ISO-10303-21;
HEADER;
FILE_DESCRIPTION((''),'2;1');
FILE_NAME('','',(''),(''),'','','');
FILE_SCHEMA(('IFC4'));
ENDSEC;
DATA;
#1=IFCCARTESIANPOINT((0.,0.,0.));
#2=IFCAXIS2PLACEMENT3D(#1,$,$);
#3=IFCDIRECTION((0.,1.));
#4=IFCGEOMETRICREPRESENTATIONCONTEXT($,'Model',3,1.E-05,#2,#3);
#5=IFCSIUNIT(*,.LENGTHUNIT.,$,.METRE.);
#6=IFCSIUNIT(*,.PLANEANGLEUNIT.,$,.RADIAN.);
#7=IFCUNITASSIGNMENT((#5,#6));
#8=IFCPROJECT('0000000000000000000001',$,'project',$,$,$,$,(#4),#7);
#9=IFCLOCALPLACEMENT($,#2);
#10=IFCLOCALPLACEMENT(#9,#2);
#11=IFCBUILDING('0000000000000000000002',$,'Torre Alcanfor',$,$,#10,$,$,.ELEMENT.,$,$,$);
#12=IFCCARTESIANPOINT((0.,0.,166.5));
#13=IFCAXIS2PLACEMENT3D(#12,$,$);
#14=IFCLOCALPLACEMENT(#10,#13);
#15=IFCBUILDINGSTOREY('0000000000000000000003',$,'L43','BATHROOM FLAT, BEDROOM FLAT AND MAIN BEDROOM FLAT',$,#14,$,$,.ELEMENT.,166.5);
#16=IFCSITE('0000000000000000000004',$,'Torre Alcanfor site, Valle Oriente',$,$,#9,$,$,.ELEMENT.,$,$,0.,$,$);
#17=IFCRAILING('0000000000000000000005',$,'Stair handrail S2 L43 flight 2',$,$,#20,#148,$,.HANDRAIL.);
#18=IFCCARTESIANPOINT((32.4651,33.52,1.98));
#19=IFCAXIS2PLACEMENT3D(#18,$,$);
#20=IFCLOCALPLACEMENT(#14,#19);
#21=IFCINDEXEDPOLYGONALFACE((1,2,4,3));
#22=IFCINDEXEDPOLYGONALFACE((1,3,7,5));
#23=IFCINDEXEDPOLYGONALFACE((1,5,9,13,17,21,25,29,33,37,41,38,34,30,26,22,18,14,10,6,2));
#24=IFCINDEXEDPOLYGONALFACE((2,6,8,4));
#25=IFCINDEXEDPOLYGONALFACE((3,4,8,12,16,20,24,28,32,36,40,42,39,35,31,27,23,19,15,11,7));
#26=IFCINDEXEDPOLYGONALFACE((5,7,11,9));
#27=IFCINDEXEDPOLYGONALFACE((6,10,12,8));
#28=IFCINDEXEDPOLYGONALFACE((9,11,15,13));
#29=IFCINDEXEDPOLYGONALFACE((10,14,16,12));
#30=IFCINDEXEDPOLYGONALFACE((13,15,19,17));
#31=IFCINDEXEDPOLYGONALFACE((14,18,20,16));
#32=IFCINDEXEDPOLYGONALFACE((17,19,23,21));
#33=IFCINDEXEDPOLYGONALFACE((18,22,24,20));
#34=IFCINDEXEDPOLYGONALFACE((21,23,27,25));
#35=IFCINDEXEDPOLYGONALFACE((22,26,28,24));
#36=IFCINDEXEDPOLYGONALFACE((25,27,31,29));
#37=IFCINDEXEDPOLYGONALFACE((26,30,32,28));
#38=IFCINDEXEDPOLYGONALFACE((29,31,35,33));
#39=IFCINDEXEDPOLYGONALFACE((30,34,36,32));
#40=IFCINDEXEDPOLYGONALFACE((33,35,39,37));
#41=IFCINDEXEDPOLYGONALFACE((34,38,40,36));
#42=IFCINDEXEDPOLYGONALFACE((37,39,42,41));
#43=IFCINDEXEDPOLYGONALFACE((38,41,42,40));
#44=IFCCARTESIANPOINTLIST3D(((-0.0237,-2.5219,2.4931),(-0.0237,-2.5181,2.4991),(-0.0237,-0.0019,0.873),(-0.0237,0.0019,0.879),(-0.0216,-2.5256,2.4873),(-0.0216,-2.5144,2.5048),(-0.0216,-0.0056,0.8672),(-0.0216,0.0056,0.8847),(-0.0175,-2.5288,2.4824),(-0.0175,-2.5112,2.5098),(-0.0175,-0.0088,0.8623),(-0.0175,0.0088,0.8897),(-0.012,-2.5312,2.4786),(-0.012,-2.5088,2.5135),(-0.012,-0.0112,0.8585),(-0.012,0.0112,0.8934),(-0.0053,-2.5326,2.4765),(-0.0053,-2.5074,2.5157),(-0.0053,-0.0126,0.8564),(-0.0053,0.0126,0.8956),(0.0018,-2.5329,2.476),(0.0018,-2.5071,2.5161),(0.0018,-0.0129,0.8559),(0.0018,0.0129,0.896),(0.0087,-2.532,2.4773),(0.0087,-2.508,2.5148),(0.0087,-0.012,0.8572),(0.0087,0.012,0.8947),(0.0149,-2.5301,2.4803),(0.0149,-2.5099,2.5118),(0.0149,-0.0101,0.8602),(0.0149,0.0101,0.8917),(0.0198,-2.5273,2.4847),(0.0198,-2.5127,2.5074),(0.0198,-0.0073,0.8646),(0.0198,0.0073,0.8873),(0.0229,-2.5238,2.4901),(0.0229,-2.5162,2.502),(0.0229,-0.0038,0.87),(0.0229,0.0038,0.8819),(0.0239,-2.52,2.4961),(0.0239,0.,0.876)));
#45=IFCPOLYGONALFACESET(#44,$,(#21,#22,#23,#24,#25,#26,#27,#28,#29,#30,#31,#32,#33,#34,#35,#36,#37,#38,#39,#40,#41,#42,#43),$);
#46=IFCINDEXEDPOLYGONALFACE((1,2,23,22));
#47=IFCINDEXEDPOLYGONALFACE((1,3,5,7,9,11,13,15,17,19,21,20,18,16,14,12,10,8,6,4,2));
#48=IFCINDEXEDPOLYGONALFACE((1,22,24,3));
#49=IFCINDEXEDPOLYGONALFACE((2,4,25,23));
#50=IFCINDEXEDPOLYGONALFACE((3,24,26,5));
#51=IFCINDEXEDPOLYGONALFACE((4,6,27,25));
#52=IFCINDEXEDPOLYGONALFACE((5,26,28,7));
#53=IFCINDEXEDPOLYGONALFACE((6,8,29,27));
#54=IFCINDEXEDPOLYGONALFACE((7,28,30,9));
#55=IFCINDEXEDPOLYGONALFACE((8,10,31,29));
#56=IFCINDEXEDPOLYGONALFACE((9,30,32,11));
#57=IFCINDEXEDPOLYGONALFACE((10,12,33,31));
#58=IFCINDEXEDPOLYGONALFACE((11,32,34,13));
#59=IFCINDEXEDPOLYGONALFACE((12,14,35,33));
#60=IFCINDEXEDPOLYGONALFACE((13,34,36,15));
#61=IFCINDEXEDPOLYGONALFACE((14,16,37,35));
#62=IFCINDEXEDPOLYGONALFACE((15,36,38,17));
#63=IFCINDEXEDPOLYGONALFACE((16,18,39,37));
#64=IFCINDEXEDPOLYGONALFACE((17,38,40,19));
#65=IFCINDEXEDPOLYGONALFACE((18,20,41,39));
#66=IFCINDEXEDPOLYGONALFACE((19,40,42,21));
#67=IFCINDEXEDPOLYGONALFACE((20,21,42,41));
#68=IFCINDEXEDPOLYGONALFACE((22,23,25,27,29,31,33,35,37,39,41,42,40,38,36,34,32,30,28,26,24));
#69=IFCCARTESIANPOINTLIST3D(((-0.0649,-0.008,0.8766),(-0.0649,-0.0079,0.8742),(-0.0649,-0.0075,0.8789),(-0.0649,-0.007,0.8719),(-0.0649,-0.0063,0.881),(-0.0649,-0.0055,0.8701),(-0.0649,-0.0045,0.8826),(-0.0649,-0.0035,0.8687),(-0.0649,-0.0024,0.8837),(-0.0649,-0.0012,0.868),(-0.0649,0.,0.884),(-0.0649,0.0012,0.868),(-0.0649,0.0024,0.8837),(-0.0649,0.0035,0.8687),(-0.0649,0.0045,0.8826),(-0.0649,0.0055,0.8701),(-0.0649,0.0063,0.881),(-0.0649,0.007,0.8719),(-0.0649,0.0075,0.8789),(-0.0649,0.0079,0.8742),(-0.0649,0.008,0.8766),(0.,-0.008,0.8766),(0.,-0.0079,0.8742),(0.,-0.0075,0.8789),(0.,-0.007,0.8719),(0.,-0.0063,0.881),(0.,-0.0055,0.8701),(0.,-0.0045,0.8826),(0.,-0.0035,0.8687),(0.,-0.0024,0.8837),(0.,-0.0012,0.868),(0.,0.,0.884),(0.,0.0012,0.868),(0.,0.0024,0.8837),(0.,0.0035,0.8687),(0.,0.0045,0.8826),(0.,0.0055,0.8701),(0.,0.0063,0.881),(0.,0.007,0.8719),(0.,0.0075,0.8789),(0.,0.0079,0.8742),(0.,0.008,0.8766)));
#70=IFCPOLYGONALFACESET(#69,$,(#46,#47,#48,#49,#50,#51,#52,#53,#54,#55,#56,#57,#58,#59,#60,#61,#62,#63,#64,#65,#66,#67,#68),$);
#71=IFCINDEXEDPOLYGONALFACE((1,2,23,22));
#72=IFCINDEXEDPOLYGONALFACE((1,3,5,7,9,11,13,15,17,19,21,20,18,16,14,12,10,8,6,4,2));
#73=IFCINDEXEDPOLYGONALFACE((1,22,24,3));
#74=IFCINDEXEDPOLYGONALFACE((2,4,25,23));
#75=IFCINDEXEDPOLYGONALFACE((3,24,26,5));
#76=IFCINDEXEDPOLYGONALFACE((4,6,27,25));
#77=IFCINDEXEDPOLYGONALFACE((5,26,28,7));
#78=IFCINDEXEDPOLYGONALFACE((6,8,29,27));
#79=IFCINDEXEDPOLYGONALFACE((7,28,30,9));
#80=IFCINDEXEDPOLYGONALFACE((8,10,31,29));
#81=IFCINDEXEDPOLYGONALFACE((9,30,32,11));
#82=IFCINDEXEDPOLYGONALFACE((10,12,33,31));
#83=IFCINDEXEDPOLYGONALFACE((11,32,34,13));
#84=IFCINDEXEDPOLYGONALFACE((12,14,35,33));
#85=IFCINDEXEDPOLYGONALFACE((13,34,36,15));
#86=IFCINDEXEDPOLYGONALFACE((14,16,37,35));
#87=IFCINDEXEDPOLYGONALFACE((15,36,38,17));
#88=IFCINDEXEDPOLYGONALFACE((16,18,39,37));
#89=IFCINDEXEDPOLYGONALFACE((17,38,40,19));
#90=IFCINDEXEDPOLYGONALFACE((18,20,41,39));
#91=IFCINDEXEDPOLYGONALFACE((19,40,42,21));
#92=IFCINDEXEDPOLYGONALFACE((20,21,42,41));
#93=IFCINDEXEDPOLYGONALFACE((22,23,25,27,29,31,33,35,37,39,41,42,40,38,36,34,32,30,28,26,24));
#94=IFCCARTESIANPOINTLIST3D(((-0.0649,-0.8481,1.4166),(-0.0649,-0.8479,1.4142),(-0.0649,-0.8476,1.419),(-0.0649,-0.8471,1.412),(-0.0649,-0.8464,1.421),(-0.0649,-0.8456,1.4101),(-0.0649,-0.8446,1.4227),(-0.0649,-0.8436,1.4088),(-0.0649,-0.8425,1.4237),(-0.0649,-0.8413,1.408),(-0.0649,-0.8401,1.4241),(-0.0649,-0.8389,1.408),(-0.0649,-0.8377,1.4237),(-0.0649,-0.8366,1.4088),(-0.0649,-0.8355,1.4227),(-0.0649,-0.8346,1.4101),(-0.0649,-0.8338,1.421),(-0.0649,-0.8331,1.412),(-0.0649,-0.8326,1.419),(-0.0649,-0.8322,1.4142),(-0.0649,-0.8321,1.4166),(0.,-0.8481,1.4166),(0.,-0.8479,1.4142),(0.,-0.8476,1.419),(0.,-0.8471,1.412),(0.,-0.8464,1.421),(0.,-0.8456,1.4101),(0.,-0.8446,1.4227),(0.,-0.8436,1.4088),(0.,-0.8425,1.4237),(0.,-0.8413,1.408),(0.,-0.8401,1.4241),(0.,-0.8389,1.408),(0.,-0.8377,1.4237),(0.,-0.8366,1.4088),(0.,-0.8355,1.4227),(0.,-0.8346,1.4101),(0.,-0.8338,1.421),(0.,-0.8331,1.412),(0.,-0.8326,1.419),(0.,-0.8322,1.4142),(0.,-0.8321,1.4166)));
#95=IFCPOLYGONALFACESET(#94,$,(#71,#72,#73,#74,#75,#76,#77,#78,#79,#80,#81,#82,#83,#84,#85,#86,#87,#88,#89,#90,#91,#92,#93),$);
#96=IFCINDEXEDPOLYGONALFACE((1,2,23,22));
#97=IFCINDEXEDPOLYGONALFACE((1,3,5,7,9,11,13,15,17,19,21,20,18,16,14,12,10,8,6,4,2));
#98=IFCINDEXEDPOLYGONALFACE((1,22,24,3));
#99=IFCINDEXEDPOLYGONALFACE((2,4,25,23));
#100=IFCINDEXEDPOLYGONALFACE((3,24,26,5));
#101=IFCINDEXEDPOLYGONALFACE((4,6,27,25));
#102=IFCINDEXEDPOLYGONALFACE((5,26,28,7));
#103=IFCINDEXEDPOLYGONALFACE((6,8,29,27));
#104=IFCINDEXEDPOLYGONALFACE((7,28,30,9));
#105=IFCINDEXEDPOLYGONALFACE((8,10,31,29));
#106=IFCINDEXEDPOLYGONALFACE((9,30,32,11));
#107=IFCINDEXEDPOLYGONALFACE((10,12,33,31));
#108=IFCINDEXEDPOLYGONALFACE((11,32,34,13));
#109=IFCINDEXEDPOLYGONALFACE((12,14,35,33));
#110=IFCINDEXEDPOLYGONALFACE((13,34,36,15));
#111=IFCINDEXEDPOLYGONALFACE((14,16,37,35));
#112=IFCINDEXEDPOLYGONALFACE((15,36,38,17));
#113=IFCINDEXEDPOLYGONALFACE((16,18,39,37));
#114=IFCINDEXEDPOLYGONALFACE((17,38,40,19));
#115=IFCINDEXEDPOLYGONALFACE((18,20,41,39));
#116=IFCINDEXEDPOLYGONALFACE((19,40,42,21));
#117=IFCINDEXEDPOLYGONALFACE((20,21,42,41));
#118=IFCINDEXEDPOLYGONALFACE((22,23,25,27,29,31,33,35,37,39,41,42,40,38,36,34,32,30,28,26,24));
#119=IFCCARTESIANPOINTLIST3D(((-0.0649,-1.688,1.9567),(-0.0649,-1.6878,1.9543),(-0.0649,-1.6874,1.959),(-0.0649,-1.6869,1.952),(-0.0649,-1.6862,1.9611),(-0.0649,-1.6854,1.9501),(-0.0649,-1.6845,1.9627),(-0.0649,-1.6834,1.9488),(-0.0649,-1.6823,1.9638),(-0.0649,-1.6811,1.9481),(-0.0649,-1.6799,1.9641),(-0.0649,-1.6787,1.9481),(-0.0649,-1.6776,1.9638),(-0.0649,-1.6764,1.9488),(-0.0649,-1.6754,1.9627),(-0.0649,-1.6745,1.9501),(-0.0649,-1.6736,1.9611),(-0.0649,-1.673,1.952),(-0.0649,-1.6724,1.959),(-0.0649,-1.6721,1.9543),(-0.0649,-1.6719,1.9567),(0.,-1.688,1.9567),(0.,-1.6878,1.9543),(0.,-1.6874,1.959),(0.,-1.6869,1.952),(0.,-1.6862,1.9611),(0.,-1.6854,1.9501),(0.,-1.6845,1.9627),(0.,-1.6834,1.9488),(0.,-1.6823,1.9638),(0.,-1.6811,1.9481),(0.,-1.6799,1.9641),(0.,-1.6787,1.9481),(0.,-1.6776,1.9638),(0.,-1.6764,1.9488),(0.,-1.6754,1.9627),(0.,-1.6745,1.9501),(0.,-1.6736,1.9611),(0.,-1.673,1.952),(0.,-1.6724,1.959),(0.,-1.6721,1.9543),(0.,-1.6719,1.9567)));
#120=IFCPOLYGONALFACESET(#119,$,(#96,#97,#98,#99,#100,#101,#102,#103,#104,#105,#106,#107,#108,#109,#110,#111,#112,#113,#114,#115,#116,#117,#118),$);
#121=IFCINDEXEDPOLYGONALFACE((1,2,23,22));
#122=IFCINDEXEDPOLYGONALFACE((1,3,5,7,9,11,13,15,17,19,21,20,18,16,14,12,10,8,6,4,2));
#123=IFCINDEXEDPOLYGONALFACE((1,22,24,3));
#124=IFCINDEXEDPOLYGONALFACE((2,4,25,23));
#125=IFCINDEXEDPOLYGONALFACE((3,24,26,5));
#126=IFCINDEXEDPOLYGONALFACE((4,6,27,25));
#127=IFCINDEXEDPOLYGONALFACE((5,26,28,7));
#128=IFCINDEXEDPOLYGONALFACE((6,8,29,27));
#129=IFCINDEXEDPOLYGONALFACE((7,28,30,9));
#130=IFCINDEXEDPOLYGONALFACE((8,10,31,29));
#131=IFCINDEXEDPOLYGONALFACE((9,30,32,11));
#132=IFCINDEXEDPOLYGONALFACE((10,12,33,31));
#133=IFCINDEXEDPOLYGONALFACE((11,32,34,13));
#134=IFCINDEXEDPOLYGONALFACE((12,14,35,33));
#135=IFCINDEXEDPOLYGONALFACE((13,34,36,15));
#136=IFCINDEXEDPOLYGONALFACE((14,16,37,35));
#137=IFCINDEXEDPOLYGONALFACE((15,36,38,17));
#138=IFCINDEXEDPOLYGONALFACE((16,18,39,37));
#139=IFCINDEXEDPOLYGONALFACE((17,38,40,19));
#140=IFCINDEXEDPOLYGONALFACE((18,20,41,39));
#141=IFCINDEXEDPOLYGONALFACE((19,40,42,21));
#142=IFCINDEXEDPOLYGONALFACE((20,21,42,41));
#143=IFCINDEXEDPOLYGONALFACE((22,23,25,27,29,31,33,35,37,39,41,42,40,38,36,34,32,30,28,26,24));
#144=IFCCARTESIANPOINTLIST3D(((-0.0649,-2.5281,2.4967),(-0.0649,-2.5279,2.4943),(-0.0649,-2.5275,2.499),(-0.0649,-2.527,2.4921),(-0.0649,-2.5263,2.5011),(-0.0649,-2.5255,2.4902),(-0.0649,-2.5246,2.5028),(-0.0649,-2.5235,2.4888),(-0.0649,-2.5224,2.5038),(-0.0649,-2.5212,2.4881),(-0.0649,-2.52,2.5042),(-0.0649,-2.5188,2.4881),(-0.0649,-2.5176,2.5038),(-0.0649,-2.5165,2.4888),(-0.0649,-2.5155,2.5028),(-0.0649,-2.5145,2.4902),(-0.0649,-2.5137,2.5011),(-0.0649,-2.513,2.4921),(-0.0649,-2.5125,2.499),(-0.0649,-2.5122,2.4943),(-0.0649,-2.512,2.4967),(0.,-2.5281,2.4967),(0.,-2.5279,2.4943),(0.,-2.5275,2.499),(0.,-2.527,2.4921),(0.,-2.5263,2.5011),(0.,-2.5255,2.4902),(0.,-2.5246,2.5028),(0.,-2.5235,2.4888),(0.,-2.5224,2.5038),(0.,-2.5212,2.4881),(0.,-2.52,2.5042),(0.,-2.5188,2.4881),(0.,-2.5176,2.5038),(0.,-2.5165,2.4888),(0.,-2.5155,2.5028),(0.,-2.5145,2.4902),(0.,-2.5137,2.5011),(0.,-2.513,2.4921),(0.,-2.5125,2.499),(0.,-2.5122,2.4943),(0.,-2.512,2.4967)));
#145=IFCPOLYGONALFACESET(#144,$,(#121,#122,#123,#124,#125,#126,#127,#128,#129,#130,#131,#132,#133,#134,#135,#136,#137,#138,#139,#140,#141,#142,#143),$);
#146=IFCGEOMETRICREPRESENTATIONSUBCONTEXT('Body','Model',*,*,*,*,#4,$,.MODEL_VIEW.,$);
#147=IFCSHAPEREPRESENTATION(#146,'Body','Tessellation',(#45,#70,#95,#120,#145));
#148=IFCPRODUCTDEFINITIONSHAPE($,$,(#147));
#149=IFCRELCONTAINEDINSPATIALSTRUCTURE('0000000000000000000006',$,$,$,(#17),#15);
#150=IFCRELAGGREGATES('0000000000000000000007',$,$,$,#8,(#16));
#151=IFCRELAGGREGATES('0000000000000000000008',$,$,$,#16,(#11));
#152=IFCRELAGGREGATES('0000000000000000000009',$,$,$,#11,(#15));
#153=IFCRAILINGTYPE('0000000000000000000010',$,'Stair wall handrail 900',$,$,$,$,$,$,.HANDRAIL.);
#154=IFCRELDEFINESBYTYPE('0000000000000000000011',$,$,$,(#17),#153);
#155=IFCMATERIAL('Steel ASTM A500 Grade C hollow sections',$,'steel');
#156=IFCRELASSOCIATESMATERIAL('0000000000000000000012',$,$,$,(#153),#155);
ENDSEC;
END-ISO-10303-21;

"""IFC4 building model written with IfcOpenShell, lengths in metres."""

from ifc_helpers import new_model, si_unit, direction, frame, origin, origin_2d, place, context, subcontext, project, spatial, circle, extrude, material, type_object, element, save


model = new_model("IFC4")

# Units and contexts
model_context = context("Model", 3, precision=1e-05, world=origin(), true_north=direction((0.0, 1.0)))
body_context = subcontext(model_context, "Body", "Model", "MODEL_VIEW")
ifc_project = project(units=[si_unit("LENGTHUNIT", "METRE"), si_unit("PLANEANGLEUNIT", "RADIAN")], contexts=[model_context])

# Site, building, storey
site_placement = place(None, origin())
site = spatial("IfcSite", under=ifc_project, at=site_placement, Name="Torre Alcanfor site, Valle Oriente", CompositionType="ELEMENT", RefElevation=0.0)
building_placement = place(site_placement, origin())
building = spatial("IfcBuilding", under=site, at=building_placement, Name="Torre Alcanfor", CompositionType="ELEMENT")
storey_placement = place(building_placement, frame((0.0, 0.0, 166.5)))
storey = spatial("IfcBuildingStorey", under=building, at=storey_placement, Name="L43", Description="BATHROOM FLAT, BEDROOM FLAT AND MAIN BEDROOM FLAT", CompositionType="ELEMENT", Elevation=166.5)

# Railing
ifc_material_1 = material(Name="Steel ASTM A500 Grade C hollow sections", Category="steel")
railing_type_1 = type_object("IfcRailingType", Name="Stair wall handrail 900", PredefinedType="HANDRAIL", material=ifc_material_1)
railing_1_placement = place(storey_placement, frame((32.4651, 33.52, 1.98)))
element("IfcRailing", 1, at=railing_1_placement, inside=storey, type_object=railing_type_1, Name="Stair handrail S2 L43 flight 2", PredefinedType="HANDRAIL", context=body_context, shape_type="SweptSolid", body=[
    extrude(circle(Radius=0.0239, at=origin_2d()), frame((0.0, 0.0, 0.876), z_axis=(0.0, -0.841163, 0.540782), x_axis=(1.0, 0.0, 0.0)), (0.0, 0.0, 1.0), 2.9958),
    extrude(circle(Radius=0.0081, at=origin_2d()), frame((0.0, 0.0, 0.876), z_axis=(-1.0, 0.0, 0.0), x_axis=(0.0, 0.0, 1.0)), (0.0, 0.0, 1.0), 0.0649),
    extrude(circle(Radius=0.0081, at=origin_2d()), frame((0.0, -0.8401, 1.416), z_axis=(-1.0, 0.0, 0.0), x_axis=(0.0, 0.0, 1.0)), (0.0, 0.0, 1.0), 0.0649),
    extrude(circle(Radius=0.0081, at=origin_2d()), frame((0.0, -1.6799, 1.9561), z_axis=(-1.0, 0.0, 0.0), x_axis=(0.0, 0.0, 1.0)), (0.0, 0.0, 1.0), 0.0649),
    extrude(circle(Radius=0.0081, at=origin_2d()), frame((0.0, -2.52, 2.4961), z_axis=(-1.0, 0.0, 0.0), x_axis=(0.0, 0.0, 1.0)), (0.0, 0.0, 1.0), 0.0649),
])

save(model, "model.ifc")
